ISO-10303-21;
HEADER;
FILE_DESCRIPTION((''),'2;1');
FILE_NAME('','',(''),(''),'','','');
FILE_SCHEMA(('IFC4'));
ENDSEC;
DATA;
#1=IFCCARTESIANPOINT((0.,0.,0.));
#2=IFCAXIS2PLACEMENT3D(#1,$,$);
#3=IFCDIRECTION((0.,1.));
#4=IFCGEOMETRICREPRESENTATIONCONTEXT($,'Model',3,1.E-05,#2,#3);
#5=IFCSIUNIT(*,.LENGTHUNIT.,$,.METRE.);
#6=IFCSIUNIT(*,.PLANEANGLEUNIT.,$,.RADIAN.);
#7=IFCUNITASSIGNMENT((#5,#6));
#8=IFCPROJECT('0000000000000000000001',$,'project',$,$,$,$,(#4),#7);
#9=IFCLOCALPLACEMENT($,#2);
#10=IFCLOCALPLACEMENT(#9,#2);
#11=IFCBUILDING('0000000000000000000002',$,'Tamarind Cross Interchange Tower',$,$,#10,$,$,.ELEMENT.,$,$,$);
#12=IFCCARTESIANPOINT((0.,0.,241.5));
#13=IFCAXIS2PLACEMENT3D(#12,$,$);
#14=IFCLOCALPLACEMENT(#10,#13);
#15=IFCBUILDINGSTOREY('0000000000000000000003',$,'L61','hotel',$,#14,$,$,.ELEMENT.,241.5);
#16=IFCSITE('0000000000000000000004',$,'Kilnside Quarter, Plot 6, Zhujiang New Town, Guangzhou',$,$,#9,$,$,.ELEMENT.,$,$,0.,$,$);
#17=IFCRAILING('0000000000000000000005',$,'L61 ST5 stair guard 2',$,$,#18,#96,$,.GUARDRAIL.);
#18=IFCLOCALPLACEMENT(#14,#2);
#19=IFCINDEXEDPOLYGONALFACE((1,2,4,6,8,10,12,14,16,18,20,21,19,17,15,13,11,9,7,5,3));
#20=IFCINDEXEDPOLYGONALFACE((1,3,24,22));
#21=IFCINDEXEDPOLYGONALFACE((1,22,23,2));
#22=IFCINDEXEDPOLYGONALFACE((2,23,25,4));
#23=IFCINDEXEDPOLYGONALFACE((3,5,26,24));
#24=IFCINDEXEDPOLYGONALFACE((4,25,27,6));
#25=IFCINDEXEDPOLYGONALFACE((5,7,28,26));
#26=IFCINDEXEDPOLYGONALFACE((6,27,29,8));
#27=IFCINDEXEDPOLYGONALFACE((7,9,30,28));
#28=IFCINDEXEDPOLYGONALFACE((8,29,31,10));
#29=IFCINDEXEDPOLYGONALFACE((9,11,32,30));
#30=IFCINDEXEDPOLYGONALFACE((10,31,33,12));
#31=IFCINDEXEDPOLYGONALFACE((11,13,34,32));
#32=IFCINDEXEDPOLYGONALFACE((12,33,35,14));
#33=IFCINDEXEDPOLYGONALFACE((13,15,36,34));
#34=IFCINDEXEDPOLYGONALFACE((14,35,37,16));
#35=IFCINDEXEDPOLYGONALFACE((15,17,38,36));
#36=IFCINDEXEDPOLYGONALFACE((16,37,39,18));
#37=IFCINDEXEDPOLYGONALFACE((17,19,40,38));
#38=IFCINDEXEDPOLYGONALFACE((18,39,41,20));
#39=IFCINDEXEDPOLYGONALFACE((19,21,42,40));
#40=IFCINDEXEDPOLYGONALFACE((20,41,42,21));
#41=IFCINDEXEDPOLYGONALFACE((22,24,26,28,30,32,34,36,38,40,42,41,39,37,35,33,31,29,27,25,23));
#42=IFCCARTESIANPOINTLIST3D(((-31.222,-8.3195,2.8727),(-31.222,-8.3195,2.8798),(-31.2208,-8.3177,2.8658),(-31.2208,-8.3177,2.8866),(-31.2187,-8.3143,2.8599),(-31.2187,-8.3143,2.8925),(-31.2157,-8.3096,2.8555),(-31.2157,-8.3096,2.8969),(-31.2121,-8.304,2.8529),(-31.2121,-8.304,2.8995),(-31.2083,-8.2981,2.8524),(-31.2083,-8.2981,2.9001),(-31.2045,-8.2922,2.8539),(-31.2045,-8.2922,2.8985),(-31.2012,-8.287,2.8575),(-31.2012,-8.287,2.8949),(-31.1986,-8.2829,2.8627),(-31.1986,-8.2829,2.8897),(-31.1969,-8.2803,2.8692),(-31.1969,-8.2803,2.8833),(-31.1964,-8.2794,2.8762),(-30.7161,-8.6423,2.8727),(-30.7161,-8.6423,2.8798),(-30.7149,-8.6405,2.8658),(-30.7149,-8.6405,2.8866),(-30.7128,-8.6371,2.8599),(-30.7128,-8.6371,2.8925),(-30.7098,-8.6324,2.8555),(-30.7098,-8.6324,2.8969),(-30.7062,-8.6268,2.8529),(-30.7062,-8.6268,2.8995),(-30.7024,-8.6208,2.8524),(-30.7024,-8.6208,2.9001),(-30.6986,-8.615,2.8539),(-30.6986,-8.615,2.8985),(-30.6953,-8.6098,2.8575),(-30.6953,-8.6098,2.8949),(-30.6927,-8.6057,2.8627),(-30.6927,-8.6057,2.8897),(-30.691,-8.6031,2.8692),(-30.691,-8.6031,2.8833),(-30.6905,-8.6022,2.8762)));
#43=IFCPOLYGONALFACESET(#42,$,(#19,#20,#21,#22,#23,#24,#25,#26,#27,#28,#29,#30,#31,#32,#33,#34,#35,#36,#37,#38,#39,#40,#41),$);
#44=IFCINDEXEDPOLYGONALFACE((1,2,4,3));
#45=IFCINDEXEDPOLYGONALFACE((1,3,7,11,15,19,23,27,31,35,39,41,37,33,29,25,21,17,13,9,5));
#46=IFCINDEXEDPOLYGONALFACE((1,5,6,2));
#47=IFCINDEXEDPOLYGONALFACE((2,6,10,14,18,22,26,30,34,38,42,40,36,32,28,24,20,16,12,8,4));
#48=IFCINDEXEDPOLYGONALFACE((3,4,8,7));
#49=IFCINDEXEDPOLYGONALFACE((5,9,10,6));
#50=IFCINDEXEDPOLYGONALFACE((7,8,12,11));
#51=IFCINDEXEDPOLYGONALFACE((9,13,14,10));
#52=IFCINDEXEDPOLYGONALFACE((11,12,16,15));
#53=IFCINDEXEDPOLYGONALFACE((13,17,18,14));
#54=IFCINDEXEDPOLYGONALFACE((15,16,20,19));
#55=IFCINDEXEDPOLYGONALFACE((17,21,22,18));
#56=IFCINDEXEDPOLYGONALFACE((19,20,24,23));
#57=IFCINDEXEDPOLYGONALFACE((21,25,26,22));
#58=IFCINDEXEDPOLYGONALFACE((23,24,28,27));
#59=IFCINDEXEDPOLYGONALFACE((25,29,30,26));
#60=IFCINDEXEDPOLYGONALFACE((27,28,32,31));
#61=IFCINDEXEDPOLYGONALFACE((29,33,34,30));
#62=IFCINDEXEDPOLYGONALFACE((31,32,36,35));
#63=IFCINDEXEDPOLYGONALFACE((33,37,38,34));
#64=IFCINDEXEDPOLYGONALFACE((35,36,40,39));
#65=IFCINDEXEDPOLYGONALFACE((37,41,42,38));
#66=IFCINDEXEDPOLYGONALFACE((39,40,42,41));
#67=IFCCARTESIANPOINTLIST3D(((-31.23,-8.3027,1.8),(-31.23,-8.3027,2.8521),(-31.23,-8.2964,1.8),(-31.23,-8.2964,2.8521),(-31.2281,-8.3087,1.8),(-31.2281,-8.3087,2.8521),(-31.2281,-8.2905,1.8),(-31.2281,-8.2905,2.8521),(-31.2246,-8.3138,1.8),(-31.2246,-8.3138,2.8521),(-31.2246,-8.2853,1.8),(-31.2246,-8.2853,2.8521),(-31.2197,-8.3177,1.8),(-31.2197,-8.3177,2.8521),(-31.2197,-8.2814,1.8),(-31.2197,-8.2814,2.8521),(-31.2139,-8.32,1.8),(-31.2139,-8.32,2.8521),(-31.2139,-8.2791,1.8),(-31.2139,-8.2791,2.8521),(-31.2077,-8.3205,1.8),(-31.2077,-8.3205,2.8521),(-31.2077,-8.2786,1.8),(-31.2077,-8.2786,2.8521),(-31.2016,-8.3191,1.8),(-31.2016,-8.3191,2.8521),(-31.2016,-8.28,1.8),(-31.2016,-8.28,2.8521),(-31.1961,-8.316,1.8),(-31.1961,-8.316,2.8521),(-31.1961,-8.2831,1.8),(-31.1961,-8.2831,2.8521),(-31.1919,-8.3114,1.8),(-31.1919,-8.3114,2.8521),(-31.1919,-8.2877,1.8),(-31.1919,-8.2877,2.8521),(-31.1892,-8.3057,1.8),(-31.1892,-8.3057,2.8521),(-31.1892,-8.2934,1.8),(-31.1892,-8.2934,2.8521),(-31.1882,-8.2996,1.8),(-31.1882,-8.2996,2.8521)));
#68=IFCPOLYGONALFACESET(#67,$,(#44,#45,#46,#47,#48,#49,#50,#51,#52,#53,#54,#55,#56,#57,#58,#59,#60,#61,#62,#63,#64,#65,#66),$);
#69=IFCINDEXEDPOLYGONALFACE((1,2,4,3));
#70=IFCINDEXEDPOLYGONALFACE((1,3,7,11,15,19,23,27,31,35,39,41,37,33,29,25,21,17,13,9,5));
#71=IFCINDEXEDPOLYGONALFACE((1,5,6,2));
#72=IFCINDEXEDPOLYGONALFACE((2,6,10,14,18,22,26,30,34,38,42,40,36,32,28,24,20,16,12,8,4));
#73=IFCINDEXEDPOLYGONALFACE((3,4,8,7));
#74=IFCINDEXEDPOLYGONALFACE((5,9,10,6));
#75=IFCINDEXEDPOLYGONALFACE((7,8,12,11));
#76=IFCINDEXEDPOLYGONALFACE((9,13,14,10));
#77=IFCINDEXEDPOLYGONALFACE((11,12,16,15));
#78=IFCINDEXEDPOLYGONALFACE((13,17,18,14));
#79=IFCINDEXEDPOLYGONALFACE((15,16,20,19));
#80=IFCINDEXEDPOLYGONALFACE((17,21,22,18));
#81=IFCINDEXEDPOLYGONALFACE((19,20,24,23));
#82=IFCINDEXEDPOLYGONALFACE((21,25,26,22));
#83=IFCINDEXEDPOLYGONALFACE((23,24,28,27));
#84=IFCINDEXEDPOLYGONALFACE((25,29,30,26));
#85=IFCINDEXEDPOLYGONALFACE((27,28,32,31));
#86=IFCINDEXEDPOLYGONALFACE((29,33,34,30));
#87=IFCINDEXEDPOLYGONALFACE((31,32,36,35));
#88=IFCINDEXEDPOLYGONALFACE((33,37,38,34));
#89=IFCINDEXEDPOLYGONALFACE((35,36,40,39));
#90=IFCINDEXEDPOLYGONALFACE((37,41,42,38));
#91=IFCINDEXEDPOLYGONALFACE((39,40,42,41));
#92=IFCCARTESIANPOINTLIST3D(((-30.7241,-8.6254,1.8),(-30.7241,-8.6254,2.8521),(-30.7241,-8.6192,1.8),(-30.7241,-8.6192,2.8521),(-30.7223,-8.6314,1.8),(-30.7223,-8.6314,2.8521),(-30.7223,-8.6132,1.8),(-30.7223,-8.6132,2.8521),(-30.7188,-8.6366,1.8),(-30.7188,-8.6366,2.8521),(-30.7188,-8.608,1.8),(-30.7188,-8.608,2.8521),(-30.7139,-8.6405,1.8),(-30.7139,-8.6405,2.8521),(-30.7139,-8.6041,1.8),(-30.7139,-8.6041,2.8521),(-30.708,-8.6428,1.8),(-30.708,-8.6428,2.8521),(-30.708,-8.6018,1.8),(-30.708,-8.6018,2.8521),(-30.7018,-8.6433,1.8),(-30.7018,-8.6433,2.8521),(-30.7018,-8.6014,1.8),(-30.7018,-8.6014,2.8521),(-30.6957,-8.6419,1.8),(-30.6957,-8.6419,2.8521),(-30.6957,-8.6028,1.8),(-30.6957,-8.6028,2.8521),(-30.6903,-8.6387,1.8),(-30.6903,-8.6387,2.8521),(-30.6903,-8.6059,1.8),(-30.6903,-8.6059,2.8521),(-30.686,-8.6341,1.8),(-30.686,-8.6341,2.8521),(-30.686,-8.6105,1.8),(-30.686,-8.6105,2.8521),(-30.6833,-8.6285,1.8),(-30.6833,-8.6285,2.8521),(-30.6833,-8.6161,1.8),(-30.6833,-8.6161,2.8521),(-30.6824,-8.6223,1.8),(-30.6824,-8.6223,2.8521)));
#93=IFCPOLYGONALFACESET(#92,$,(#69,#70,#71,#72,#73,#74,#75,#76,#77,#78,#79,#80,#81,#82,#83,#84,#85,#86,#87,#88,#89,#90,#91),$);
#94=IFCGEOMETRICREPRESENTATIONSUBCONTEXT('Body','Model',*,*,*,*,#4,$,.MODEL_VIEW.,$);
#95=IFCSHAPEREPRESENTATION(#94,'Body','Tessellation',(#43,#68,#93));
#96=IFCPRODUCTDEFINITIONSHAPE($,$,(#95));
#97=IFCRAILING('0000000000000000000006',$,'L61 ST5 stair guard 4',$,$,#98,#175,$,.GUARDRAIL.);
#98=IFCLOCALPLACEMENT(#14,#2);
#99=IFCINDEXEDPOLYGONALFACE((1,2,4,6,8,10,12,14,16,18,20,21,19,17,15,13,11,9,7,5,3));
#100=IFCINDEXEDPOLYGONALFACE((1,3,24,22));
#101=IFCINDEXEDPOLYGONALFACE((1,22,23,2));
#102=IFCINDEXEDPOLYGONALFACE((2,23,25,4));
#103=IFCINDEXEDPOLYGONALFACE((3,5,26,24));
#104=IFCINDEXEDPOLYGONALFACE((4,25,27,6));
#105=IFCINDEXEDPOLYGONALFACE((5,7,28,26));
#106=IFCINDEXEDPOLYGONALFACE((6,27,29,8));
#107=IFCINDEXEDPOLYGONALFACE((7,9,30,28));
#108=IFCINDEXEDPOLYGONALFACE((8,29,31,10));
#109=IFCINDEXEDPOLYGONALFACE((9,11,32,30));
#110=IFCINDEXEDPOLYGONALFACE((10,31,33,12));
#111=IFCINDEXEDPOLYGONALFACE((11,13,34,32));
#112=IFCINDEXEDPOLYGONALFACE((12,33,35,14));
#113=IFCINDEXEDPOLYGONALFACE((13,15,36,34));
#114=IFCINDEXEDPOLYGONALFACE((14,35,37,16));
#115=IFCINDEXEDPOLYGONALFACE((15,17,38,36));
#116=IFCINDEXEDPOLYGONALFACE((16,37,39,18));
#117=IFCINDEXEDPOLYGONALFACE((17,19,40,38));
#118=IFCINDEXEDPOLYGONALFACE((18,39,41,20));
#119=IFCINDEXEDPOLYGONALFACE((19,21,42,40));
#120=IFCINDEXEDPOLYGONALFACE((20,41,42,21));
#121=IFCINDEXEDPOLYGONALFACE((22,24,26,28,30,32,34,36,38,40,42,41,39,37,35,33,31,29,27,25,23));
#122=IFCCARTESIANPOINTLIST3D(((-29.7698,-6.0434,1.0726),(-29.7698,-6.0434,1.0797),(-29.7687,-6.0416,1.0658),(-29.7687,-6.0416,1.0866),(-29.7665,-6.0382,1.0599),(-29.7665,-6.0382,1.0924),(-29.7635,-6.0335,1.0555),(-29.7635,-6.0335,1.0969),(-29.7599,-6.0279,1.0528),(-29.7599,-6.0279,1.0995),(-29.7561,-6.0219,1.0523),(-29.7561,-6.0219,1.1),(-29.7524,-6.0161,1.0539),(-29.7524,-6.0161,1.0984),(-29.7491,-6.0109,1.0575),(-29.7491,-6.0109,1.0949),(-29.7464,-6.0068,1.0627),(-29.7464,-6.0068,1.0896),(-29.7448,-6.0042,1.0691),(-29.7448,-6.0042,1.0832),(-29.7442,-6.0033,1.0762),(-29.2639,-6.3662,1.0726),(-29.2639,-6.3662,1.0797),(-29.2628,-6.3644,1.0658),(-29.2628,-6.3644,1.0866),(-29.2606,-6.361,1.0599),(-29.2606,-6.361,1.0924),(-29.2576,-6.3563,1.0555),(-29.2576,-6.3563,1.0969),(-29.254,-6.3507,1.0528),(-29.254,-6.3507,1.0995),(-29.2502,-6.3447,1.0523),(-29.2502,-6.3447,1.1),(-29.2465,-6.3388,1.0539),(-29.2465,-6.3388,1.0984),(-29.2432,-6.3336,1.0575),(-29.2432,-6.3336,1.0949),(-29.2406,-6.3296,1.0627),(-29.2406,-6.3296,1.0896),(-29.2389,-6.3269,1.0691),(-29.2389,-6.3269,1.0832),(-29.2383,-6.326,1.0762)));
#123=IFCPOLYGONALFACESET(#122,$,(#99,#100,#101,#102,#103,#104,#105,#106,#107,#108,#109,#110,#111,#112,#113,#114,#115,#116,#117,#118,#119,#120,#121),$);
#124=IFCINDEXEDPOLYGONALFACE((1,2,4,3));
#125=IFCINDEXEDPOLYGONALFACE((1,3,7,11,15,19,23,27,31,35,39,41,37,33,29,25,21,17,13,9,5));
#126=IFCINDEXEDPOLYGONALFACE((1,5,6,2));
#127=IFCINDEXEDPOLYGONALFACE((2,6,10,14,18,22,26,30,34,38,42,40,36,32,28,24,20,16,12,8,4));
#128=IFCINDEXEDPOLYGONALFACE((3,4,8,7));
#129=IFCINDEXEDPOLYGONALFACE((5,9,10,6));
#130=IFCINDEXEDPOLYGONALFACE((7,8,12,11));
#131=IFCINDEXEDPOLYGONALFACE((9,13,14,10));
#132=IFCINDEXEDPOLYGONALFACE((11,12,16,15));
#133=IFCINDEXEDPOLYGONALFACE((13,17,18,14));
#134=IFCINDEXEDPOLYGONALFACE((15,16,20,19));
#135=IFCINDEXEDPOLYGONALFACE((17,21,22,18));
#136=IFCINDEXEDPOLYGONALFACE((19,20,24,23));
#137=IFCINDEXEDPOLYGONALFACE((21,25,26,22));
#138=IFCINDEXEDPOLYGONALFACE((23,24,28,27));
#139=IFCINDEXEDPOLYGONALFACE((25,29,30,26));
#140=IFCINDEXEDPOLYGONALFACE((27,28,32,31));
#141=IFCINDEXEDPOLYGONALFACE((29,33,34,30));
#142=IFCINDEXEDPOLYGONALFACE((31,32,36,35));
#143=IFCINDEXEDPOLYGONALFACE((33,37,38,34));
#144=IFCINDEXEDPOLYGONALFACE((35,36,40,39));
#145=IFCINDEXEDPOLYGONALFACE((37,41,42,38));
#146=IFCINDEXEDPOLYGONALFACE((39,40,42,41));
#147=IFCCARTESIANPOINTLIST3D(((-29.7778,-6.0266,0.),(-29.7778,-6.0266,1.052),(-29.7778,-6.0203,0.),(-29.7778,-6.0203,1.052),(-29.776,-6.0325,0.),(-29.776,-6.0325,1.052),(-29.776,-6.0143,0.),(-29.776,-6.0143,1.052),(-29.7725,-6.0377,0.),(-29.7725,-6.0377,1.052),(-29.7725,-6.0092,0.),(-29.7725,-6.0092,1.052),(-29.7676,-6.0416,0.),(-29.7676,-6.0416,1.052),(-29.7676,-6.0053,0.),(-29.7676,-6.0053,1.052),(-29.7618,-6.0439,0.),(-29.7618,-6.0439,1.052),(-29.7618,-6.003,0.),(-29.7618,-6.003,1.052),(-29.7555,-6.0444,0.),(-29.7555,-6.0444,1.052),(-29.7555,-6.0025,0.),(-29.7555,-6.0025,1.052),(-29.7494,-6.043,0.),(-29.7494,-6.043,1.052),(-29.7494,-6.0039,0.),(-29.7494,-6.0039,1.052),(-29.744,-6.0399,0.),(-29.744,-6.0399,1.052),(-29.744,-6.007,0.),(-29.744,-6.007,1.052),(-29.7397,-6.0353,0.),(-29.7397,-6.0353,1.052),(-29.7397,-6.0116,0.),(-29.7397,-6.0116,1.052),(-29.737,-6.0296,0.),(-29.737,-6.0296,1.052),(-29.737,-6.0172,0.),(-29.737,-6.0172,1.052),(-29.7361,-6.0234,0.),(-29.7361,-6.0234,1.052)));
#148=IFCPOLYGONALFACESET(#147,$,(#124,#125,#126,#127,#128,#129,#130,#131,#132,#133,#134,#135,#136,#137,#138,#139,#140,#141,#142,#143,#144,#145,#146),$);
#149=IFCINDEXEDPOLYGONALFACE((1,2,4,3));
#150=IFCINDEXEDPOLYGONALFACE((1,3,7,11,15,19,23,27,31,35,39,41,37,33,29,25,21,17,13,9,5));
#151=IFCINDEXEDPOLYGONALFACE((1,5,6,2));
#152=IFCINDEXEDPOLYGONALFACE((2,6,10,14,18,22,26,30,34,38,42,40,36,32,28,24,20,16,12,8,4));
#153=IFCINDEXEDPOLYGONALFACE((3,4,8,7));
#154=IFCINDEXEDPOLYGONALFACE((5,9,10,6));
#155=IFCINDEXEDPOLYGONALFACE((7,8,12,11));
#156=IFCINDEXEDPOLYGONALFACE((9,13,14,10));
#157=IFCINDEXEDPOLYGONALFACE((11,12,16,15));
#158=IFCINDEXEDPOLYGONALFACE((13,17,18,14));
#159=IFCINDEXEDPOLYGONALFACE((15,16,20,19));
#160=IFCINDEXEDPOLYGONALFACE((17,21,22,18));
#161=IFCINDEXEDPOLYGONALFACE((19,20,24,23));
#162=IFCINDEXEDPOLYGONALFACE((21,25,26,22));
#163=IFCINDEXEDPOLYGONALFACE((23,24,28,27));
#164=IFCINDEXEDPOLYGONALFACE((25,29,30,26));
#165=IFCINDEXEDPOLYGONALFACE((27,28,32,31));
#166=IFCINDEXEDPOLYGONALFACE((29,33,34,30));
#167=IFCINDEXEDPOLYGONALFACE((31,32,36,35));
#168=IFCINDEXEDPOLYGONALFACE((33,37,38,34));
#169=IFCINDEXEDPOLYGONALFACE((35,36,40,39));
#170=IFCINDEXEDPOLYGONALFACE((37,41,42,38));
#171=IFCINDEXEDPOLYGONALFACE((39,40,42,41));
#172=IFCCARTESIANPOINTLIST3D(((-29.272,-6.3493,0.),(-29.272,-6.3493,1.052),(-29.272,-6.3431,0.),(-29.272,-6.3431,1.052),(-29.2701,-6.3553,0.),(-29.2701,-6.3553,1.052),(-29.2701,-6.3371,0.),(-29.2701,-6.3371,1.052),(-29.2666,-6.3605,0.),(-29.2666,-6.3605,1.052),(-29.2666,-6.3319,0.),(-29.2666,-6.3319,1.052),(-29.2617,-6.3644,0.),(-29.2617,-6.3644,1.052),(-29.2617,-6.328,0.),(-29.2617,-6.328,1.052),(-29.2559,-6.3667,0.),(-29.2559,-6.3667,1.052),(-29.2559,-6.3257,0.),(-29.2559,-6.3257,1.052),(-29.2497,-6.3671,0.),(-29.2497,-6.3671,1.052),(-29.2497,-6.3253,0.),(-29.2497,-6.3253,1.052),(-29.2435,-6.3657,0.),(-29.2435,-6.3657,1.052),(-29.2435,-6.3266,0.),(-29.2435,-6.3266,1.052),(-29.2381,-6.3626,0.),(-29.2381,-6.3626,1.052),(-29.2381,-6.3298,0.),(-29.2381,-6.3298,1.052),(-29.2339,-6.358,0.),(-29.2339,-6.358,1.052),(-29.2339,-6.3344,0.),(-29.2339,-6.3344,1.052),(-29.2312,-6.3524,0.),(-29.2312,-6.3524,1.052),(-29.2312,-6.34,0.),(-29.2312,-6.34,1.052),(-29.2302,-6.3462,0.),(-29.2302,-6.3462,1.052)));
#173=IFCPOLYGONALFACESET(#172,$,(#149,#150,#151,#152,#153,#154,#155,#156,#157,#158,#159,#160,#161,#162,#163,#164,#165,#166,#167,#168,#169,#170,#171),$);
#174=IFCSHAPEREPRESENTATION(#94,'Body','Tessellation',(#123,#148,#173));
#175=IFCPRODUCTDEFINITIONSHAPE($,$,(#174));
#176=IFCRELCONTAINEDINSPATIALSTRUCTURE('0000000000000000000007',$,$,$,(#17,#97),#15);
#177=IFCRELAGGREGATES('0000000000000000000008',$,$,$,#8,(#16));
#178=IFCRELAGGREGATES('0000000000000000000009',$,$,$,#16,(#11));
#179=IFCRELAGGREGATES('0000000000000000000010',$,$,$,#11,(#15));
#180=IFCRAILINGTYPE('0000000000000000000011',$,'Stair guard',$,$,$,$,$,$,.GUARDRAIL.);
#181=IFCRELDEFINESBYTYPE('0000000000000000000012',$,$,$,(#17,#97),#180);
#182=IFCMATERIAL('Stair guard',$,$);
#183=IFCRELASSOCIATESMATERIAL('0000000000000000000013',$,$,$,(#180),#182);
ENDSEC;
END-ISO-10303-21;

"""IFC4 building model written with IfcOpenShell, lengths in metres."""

from ifc_helpers import new_model, si_unit, direction, frame, origin, origin_2d, place, context, subcontext, project, spatial, circle, extrude, material, type_object, element, save


model = new_model("IFC4")

# Units and contexts
model_context = context("Model", 3, precision=1e-05, world=origin(), true_north=direction((0.0, 1.0)))
body_context = subcontext(model_context, "Body", "Model", "MODEL_VIEW")
ifc_project = project(units=[si_unit("LENGTHUNIT", "METRE"), si_unit("PLANEANGLEUNIT", "RADIAN")], contexts=[model_context])

# Site, building, storey
site_placement = place(None, origin())
site = spatial("IfcSite", under=ifc_project, at=site_placement, Name="Kilnside Quarter, Plot 6, Zhujiang New Town, Guangzhou", CompositionType="ELEMENT", RefElevation=0.0)
building_placement = place(site_placement, origin())
building = spatial("IfcBuilding", under=site, at=building_placement, Name="Tamarind Cross Interchange Tower", CompositionType="ELEMENT")
storey_placement = place(building_placement, frame((0.0, 0.0, 241.5)))
storey = spatial("IfcBuildingStorey", under=building, at=storey_placement, Name="L61", Description="hotel", CompositionType="ELEMENT", Elevation=241.5)

# Railings
ifc_material_1 = material(Name="Stair guard")
railing_type_1 = type_object("IfcRailingType", Name="Stair guard", PredefinedType="GUARDRAIL", material=ifc_material_1)
for number, where, name in (
    (1, (-31.2092, -8.2996, 1.8), "L61 ST5 stair guard 2"),
    (2, (-29.7571, -6.0234, 0.0), "L61 ST5 stair guard 4"),
):
    element("IfcRailing", number, at=place(storey_placement, frame(where)), inside=storey, type_object=railing_type_1, Name=name, PredefinedType="GUARDRAIL", context=body_context, shape_type="SweptSolid", body=[
        extrude(circle(Radius=0.0239, at=origin_2d()), frame((0.0, 0.0, 1.0762), z_axis=(0.843024, -0.537876, 0.0), x_axis=(0.537876, 0.843024, 0.0)), (0.0, 0.0, 1.0), 0.6001),
        extrude(circle(Radius=0.021, at=origin_2d()), origin(), (0.0, 0.0, 1.0), 1.052),
        extrude(circle(Radius=0.021, at=origin_2d()), frame((0.5059, -0.3228, 0.0)), (0.0, 0.0, 1.0), 1.052),
    ])

save(model, "model.ifc")
